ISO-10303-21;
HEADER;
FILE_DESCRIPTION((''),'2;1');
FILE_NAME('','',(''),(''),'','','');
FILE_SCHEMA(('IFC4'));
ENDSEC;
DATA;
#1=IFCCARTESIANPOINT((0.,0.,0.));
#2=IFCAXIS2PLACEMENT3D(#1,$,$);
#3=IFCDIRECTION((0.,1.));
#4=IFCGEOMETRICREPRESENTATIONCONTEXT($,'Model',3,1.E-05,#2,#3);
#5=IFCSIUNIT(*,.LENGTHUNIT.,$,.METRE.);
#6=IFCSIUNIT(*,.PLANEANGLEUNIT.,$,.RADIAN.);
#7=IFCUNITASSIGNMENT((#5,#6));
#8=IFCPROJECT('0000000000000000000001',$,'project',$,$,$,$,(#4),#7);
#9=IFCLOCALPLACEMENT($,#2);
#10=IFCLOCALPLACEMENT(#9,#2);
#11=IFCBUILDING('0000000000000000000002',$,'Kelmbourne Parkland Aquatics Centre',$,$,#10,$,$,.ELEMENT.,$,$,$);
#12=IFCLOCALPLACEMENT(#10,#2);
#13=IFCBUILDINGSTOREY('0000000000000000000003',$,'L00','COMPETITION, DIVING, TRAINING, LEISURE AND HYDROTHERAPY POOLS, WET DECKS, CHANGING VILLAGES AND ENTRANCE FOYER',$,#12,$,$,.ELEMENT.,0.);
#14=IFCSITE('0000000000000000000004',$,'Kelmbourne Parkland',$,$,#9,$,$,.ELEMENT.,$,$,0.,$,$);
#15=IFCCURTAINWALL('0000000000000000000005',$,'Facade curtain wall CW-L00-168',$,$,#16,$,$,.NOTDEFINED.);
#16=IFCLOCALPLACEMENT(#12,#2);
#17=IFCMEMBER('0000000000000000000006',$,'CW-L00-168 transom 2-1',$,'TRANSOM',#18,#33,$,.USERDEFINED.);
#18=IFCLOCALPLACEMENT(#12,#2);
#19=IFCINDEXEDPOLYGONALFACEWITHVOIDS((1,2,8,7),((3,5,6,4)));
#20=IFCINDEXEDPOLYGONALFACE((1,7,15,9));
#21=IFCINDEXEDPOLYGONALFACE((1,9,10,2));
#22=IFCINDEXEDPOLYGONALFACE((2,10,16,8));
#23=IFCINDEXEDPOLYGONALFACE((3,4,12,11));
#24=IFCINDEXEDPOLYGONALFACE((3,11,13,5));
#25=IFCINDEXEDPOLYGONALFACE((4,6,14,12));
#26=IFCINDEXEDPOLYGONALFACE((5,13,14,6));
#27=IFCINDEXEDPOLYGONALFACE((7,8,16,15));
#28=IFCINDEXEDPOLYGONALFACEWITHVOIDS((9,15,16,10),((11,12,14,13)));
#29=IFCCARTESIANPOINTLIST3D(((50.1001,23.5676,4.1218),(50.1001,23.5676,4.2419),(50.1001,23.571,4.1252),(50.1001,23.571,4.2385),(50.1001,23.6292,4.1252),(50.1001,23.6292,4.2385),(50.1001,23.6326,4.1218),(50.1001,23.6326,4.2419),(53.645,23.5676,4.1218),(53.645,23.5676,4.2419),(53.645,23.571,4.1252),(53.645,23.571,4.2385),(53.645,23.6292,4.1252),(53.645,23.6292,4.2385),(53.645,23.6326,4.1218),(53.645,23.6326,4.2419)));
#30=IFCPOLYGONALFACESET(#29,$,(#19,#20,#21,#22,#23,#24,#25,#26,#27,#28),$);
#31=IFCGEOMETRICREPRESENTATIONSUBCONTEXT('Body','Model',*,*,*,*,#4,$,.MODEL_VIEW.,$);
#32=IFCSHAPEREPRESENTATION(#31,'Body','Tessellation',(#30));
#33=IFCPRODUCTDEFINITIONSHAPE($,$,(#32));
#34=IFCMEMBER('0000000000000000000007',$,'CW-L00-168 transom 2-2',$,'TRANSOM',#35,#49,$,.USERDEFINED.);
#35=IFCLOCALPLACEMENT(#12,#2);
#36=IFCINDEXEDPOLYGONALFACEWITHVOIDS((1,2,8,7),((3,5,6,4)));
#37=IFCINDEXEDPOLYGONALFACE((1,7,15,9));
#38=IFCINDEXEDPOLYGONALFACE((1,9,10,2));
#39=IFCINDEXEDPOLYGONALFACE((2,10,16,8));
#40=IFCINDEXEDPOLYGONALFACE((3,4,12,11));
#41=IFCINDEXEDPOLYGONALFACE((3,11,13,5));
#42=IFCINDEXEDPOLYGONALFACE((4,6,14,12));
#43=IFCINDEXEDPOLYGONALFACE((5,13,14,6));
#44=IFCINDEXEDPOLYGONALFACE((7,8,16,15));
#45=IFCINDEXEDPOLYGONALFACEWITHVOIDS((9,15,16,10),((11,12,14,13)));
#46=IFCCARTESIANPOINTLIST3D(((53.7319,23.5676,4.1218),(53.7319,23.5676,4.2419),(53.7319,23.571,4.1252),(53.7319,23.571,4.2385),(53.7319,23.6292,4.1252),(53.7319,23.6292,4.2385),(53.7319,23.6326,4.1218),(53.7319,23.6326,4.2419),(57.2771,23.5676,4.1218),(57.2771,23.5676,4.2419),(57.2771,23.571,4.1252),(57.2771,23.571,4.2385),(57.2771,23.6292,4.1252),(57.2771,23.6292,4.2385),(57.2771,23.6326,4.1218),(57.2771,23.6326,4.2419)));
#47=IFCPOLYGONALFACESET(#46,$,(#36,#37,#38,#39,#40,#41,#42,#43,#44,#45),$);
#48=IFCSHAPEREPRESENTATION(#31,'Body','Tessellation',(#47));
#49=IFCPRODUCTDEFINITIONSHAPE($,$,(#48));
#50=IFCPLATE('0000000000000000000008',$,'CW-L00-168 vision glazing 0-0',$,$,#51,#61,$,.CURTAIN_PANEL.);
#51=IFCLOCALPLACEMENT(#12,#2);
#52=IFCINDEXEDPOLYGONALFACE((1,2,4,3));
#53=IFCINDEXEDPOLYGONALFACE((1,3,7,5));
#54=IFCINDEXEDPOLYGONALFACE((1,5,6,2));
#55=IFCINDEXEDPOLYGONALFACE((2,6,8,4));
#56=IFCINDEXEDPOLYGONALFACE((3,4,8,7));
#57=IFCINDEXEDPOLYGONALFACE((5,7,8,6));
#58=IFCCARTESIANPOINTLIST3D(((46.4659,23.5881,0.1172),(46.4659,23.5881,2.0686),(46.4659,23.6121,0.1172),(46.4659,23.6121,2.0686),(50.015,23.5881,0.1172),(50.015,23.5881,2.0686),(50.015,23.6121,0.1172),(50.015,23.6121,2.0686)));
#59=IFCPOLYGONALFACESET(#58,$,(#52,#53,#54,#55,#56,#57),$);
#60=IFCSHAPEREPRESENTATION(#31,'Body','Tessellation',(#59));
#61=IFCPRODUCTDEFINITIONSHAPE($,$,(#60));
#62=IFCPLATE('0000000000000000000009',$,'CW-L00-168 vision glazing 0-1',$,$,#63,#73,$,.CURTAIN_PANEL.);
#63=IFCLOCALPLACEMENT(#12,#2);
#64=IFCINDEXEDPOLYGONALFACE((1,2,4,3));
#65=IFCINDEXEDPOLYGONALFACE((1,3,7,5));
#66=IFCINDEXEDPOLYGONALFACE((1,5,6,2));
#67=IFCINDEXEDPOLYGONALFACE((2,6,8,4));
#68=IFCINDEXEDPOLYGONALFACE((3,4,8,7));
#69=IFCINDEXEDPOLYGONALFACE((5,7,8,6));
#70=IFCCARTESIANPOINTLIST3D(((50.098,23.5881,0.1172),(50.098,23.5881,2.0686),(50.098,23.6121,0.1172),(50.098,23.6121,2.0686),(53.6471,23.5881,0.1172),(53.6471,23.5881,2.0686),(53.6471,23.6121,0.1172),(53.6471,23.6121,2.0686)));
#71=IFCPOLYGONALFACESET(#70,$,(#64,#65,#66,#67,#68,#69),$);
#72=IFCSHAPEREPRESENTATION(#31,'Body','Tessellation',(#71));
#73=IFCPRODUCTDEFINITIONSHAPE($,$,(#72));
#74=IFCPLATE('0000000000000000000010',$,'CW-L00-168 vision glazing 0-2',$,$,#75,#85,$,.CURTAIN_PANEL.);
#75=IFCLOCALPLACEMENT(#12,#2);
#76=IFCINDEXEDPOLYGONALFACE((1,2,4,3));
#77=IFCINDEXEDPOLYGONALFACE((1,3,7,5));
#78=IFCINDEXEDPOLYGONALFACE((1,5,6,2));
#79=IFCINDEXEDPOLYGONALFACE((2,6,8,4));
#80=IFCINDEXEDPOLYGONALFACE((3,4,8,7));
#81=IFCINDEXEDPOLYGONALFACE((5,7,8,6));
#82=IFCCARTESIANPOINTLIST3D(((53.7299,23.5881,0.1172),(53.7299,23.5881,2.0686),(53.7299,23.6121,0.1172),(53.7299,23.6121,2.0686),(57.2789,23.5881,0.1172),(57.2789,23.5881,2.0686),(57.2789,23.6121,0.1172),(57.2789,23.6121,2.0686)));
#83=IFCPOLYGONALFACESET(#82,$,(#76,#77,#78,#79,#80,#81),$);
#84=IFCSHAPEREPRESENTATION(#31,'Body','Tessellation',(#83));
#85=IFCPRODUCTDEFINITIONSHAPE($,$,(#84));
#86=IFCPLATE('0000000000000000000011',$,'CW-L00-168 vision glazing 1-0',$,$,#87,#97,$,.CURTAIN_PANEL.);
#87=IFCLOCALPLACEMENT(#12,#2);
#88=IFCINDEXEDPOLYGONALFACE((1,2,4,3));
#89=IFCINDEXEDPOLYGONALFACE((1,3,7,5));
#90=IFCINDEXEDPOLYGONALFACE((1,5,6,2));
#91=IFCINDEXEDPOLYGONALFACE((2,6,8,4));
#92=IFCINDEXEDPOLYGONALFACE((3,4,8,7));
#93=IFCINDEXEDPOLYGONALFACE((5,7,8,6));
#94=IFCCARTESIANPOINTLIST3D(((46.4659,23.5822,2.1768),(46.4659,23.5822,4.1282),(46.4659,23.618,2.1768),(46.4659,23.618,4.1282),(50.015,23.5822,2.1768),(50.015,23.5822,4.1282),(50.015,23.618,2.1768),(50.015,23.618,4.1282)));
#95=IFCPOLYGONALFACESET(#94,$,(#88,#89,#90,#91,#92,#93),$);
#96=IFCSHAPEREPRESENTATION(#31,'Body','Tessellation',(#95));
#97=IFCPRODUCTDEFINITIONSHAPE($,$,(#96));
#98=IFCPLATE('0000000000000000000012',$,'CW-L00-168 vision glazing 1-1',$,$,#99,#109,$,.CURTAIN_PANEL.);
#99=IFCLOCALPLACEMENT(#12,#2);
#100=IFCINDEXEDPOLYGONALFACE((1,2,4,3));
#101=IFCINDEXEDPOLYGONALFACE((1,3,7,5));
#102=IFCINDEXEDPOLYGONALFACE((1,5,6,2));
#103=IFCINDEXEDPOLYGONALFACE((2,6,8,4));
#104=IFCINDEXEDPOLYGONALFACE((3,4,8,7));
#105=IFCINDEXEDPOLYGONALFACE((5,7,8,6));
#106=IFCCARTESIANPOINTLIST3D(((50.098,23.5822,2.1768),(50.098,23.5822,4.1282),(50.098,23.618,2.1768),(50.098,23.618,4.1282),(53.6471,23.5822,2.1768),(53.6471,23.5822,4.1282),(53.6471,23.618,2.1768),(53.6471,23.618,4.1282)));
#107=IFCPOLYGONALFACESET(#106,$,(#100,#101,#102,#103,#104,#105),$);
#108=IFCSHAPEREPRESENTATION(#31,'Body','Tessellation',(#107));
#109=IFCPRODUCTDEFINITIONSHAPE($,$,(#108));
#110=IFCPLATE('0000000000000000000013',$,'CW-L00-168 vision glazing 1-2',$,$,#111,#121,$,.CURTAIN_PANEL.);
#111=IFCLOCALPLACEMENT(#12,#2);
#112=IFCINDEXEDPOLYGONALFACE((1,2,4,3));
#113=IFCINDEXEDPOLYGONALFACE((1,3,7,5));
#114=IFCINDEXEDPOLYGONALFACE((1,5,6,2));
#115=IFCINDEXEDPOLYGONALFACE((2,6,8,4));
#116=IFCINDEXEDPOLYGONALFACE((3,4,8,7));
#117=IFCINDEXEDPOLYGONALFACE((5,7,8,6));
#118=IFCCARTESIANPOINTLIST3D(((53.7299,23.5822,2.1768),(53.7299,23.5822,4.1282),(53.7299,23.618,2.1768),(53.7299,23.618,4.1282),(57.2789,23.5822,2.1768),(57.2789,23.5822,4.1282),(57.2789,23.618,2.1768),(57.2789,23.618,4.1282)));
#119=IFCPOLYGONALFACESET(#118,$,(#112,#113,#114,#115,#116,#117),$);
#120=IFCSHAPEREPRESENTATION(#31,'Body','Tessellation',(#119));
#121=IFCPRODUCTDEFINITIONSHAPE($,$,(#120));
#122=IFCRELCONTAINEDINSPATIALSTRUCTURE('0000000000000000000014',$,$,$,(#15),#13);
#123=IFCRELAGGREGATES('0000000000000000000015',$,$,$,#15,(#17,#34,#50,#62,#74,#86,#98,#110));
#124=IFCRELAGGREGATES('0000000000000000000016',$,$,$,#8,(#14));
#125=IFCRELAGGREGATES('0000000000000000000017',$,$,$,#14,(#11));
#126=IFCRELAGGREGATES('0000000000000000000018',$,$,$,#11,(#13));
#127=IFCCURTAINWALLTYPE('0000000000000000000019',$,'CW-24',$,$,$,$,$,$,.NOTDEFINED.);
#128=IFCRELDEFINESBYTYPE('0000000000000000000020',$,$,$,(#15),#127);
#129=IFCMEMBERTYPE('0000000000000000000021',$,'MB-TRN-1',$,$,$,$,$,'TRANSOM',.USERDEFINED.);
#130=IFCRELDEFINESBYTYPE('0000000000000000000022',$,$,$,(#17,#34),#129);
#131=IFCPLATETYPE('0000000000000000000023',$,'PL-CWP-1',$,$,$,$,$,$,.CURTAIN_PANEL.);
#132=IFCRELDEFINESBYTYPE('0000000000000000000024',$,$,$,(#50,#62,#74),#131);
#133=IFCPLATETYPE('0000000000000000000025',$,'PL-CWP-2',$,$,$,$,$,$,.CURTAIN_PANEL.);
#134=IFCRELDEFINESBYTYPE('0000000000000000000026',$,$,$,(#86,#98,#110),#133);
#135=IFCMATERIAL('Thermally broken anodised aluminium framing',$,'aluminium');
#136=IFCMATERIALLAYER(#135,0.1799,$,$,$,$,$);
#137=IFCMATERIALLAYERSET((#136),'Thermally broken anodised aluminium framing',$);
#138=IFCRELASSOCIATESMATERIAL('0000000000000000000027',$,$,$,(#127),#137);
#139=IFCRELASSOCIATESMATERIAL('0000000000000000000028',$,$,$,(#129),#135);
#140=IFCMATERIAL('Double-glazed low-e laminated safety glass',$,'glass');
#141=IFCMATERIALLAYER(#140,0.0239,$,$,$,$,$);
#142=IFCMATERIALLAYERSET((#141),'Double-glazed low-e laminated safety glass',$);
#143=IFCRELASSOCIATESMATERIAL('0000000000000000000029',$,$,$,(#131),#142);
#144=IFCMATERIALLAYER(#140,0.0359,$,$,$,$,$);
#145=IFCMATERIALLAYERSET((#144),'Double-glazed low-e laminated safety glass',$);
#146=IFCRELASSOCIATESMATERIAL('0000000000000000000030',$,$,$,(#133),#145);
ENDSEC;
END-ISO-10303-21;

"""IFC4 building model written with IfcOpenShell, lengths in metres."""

from ifc_helpers import new_model, si_unit, direction, frame, origin, origin_2d, place, context, subcontext, project, spatial, rectangle, hollow_rectangle, extrude, material, layer, layer_set, material_profile, profile_set, type_object, element, aggregate, save


model = new_model("IFC4")

# Units and contexts
model_context = context("Model", 3, precision=1e-05, world=origin(), true_north=direction((0.0, 1.0)))
body_context = subcontext(model_context, "Body", "Model", "MODEL_VIEW")
ifc_project = project(units=[si_unit("LENGTHUNIT", "METRE"), si_unit("PLANEANGLEUNIT", "RADIAN")], contexts=[model_context])

# Site, building, storey
site_placement = place(None, origin())
site = spatial("IfcSite", under=ifc_project, at=site_placement, Name="Kelmbourne Parkland", CompositionType="ELEMENT", RefElevation=0.0)
building_placement = place(site_placement, origin())
building = spatial("IfcBuilding", under=site, at=building_placement, Name="Kelmbourne Parkland Aquatics Centre", CompositionType="ELEMENT")
storey_placement = place(building_placement, origin())
storey = spatial("IfcBuildingStorey", under=building, at=storey_placement, Name="L00", Description="COMPETITION, DIVING, TRAINING, LEISURE AND HYDROTHERAPY POOLS, WET DECKS, CHANGING VILLAGES AND ENTRANCE FOYER", CompositionType="ELEMENT", Elevation=0.0)

# Curtain wall, members, plates
ifc_material_1 = material(Name="Thermally broken anodised aluminium framing", Category="aluminium")
ifc_layer_1 = layer(ifc_material_1, 0.1799)
ifc_layer_set_1 = layer_set([ifc_layer_1], Name="Thermally broken anodised aluminium framing")
curtain_wall_type = type_object("IfcCurtainWallType", Name="CW-24", PredefinedType="NOTDEFINED", material=ifc_layer_set_1)
curtain_wall_placement = place(storey_placement, origin())
curtain_wall = element("IfcCurtainWall", 1, at=curtain_wall_placement, inside=storey, type_object=curtain_wall_type, Name="Facade curtain wall CW-L00-168", PredefinedType="NOTDEFINED")
ifc_material_profile_1 = material_profile(ifc_material_1, hollow_rectangle(XDim=0.0649, YDim=0.1201, WallThickness=0.0034, at=origin_2d()), Name="CW-T 65x120")
ifc_profile_set_1 = profile_set([ifc_material_profile_1], Name="Thermally broken anodised aluminium framing")
member_type_1 = type_object("IfcMemberType", Name="MB-TRN-1", ElementType="TRANSOM", PredefinedType="USERDEFINED", material=ifc_profile_set_1)
member_1_placement = place(storey_placement, frame((50.1001, 23.6001, 4.1819), z_axis=(1.0, 0.0, 0.0), x_axis=(0.0, 1.0, 0.0)))
member_1 = element("IfcMember", 2, at=member_1_placement, type_object=member_type_1, Name="CW-L00-168 transom 2-1", ObjectType="TRANSOM", PredefinedType="USERDEFINED", context=body_context, shape_type="SweptSolid", body=[
    extrude(hollow_rectangle(XDim=0.0649, YDim=0.1201, WallThickness=0.0034, at=origin_2d()), origin(), (0.0, 0.0, 1.0), 3.5449),
])
member_2_placement = place(storey_placement, frame((53.7319, 23.6001, 4.1819), z_axis=(1.0, 0.0, 0.0), x_axis=(0.0, 1.0, 0.0)))
member_2 = element("IfcMember", 3, at=member_2_placement, type_object=member_type_1, Name="CW-L00-168 transom 2-2", ObjectType="TRANSOM", PredefinedType="USERDEFINED", context=body_context, shape_type="SweptSolid", body=[
    extrude(hollow_rectangle(XDim=0.0649, YDim=0.1201, WallThickness=0.0034, at=origin_2d()), origin(), (0.0, 0.0, 1.0), 3.5452),
])
ifc_material_2 = material(Name="Double-glazed low-e laminated safety glass", Category="glass")
ifc_layer_2 = layer(ifc_material_2, 0.0239)
ifc_layer_set_2 = layer_set([ifc_layer_2], Name="Double-glazed low-e laminated safety glass")
plate_type_1 = type_object("IfcPlateType", Name="PL-CWP-1", PredefinedType="CURTAIN_PANEL", material=ifc_layer_set_2)
plate_1_placement = place(storey_placement, frame((48.2405, 23.6001, 0.1172), z_axis=(0.0, 0.0, 1.0), x_axis=(1.0, 0.0, 0.0)))
plate_1 = element("IfcPlate", 4, at=plate_1_placement, type_object=plate_type_1, Name="CW-L00-168 vision glazing 0-0", PredefinedType="CURTAIN_PANEL", context=body_context, shape_type="SweptSolid", body=[
    extrude(rectangle(XDim=3.5491, YDim=0.0239, at=origin_2d()), origin(), (0.0, 0.0, 1.0), 1.9514),
])
plate_2_placement = place(storey_placement, frame((51.8726, 23.6001, 0.1172), z_axis=(0.0, 0.0, 1.0), x_axis=(1.0, 0.0, 0.0)))
plate_2 = element("IfcPlate", 5, at=plate_2_placement, type_object=plate_type_1, Name="CW-L00-168 vision glazing 0-1", PredefinedType="CURTAIN_PANEL", context=body_context, shape_type="SweptSolid", body=[
    extrude(rectangle(XDim=3.5491, YDim=0.0239, at=origin_2d()), origin(), (0.0, 0.0, 1.0), 1.9514),
])
plate_3_placement = place(storey_placement, frame((55.5044, 23.6001, 0.1172), z_axis=(0.0, 0.0, 1.0), x_axis=(1.0, 0.0, 0.0)))
plate_3 = element("IfcPlate", 6, at=plate_3_placement, type_object=plate_type_1, Name="CW-L00-168 vision glazing 0-2", PredefinedType="CURTAIN_PANEL", context=body_context, shape_type="SweptSolid", body=[
    extrude(rectangle(XDim=3.5491, YDim=0.0239, at=origin_2d()), origin(), (0.0, 0.0, 1.0), 1.9514),
])
ifc_layer_3 = layer(ifc_material_2, 0.0359)
ifc_layer_set_3 = layer_set([ifc_layer_3], Name="Double-glazed low-e laminated safety glass")
plate_type_2 = type_object("IfcPlateType", Name="PL-CWP-2", PredefinedType="CURTAIN_PANEL", material=ifc_layer_set_3)
plate_4_placement = place(storey_placement, frame((48.2405, 23.6001, 2.1768), z_axis=(0.0, 0.0, 1.0), x_axis=(1.0, 0.0, 0.0)))
plate_4 = element("IfcPlate", 7, at=plate_4_placement, type_object=plate_type_2, Name="CW-L00-168 vision glazing 1-0", PredefinedType="CURTAIN_PANEL", context=body_context, shape_type="SweptSolid", body=[
    extrude(rectangle(XDim=3.5491, YDim=0.0359, at=origin_2d()), origin(), (0.0, 0.0, 1.0), 1.9514),
])
plate_5_placement = place(storey_placement, frame((51.8726, 23.6001, 2.1768), z_axis=(0.0, 0.0, 1.0), x_axis=(1.0, 0.0, 0.0)))
plate_5 = element("IfcPlate", 8, at=plate_5_placement, type_object=plate_type_2, Name="CW-L00-168 vision glazing 1-1", PredefinedType="CURTAIN_PANEL", context=body_context, shape_type="SweptSolid", body=[
    extrude(rectangle(XDim=3.5491, YDim=0.0359, at=origin_2d()), origin(), (0.0, 0.0, 1.0), 1.9514),
])
plate_6_placement = place(storey_placement, frame((55.5044, 23.6001, 2.1768), z_axis=(0.0, 0.0, 1.0), x_axis=(1.0, 0.0, 0.0)))
plate_6 = element("IfcPlate", 9, at=plate_6_placement, type_object=plate_type_2, Name="CW-L00-168 vision glazing 1-2", PredefinedType="CURTAIN_PANEL", context=body_context, shape_type="SweptSolid", body=[
    extrude(rectangle(XDim=3.5491, YDim=0.0359, at=origin_2d()), origin(), (0.0, 0.0, 1.0), 1.9514),
])
aggregate(curtain_wall, [member_1, member_2, plate_1, plate_2, plate_3, plate_4, plate_5, plate_6])

save(model, "model.ifc")
